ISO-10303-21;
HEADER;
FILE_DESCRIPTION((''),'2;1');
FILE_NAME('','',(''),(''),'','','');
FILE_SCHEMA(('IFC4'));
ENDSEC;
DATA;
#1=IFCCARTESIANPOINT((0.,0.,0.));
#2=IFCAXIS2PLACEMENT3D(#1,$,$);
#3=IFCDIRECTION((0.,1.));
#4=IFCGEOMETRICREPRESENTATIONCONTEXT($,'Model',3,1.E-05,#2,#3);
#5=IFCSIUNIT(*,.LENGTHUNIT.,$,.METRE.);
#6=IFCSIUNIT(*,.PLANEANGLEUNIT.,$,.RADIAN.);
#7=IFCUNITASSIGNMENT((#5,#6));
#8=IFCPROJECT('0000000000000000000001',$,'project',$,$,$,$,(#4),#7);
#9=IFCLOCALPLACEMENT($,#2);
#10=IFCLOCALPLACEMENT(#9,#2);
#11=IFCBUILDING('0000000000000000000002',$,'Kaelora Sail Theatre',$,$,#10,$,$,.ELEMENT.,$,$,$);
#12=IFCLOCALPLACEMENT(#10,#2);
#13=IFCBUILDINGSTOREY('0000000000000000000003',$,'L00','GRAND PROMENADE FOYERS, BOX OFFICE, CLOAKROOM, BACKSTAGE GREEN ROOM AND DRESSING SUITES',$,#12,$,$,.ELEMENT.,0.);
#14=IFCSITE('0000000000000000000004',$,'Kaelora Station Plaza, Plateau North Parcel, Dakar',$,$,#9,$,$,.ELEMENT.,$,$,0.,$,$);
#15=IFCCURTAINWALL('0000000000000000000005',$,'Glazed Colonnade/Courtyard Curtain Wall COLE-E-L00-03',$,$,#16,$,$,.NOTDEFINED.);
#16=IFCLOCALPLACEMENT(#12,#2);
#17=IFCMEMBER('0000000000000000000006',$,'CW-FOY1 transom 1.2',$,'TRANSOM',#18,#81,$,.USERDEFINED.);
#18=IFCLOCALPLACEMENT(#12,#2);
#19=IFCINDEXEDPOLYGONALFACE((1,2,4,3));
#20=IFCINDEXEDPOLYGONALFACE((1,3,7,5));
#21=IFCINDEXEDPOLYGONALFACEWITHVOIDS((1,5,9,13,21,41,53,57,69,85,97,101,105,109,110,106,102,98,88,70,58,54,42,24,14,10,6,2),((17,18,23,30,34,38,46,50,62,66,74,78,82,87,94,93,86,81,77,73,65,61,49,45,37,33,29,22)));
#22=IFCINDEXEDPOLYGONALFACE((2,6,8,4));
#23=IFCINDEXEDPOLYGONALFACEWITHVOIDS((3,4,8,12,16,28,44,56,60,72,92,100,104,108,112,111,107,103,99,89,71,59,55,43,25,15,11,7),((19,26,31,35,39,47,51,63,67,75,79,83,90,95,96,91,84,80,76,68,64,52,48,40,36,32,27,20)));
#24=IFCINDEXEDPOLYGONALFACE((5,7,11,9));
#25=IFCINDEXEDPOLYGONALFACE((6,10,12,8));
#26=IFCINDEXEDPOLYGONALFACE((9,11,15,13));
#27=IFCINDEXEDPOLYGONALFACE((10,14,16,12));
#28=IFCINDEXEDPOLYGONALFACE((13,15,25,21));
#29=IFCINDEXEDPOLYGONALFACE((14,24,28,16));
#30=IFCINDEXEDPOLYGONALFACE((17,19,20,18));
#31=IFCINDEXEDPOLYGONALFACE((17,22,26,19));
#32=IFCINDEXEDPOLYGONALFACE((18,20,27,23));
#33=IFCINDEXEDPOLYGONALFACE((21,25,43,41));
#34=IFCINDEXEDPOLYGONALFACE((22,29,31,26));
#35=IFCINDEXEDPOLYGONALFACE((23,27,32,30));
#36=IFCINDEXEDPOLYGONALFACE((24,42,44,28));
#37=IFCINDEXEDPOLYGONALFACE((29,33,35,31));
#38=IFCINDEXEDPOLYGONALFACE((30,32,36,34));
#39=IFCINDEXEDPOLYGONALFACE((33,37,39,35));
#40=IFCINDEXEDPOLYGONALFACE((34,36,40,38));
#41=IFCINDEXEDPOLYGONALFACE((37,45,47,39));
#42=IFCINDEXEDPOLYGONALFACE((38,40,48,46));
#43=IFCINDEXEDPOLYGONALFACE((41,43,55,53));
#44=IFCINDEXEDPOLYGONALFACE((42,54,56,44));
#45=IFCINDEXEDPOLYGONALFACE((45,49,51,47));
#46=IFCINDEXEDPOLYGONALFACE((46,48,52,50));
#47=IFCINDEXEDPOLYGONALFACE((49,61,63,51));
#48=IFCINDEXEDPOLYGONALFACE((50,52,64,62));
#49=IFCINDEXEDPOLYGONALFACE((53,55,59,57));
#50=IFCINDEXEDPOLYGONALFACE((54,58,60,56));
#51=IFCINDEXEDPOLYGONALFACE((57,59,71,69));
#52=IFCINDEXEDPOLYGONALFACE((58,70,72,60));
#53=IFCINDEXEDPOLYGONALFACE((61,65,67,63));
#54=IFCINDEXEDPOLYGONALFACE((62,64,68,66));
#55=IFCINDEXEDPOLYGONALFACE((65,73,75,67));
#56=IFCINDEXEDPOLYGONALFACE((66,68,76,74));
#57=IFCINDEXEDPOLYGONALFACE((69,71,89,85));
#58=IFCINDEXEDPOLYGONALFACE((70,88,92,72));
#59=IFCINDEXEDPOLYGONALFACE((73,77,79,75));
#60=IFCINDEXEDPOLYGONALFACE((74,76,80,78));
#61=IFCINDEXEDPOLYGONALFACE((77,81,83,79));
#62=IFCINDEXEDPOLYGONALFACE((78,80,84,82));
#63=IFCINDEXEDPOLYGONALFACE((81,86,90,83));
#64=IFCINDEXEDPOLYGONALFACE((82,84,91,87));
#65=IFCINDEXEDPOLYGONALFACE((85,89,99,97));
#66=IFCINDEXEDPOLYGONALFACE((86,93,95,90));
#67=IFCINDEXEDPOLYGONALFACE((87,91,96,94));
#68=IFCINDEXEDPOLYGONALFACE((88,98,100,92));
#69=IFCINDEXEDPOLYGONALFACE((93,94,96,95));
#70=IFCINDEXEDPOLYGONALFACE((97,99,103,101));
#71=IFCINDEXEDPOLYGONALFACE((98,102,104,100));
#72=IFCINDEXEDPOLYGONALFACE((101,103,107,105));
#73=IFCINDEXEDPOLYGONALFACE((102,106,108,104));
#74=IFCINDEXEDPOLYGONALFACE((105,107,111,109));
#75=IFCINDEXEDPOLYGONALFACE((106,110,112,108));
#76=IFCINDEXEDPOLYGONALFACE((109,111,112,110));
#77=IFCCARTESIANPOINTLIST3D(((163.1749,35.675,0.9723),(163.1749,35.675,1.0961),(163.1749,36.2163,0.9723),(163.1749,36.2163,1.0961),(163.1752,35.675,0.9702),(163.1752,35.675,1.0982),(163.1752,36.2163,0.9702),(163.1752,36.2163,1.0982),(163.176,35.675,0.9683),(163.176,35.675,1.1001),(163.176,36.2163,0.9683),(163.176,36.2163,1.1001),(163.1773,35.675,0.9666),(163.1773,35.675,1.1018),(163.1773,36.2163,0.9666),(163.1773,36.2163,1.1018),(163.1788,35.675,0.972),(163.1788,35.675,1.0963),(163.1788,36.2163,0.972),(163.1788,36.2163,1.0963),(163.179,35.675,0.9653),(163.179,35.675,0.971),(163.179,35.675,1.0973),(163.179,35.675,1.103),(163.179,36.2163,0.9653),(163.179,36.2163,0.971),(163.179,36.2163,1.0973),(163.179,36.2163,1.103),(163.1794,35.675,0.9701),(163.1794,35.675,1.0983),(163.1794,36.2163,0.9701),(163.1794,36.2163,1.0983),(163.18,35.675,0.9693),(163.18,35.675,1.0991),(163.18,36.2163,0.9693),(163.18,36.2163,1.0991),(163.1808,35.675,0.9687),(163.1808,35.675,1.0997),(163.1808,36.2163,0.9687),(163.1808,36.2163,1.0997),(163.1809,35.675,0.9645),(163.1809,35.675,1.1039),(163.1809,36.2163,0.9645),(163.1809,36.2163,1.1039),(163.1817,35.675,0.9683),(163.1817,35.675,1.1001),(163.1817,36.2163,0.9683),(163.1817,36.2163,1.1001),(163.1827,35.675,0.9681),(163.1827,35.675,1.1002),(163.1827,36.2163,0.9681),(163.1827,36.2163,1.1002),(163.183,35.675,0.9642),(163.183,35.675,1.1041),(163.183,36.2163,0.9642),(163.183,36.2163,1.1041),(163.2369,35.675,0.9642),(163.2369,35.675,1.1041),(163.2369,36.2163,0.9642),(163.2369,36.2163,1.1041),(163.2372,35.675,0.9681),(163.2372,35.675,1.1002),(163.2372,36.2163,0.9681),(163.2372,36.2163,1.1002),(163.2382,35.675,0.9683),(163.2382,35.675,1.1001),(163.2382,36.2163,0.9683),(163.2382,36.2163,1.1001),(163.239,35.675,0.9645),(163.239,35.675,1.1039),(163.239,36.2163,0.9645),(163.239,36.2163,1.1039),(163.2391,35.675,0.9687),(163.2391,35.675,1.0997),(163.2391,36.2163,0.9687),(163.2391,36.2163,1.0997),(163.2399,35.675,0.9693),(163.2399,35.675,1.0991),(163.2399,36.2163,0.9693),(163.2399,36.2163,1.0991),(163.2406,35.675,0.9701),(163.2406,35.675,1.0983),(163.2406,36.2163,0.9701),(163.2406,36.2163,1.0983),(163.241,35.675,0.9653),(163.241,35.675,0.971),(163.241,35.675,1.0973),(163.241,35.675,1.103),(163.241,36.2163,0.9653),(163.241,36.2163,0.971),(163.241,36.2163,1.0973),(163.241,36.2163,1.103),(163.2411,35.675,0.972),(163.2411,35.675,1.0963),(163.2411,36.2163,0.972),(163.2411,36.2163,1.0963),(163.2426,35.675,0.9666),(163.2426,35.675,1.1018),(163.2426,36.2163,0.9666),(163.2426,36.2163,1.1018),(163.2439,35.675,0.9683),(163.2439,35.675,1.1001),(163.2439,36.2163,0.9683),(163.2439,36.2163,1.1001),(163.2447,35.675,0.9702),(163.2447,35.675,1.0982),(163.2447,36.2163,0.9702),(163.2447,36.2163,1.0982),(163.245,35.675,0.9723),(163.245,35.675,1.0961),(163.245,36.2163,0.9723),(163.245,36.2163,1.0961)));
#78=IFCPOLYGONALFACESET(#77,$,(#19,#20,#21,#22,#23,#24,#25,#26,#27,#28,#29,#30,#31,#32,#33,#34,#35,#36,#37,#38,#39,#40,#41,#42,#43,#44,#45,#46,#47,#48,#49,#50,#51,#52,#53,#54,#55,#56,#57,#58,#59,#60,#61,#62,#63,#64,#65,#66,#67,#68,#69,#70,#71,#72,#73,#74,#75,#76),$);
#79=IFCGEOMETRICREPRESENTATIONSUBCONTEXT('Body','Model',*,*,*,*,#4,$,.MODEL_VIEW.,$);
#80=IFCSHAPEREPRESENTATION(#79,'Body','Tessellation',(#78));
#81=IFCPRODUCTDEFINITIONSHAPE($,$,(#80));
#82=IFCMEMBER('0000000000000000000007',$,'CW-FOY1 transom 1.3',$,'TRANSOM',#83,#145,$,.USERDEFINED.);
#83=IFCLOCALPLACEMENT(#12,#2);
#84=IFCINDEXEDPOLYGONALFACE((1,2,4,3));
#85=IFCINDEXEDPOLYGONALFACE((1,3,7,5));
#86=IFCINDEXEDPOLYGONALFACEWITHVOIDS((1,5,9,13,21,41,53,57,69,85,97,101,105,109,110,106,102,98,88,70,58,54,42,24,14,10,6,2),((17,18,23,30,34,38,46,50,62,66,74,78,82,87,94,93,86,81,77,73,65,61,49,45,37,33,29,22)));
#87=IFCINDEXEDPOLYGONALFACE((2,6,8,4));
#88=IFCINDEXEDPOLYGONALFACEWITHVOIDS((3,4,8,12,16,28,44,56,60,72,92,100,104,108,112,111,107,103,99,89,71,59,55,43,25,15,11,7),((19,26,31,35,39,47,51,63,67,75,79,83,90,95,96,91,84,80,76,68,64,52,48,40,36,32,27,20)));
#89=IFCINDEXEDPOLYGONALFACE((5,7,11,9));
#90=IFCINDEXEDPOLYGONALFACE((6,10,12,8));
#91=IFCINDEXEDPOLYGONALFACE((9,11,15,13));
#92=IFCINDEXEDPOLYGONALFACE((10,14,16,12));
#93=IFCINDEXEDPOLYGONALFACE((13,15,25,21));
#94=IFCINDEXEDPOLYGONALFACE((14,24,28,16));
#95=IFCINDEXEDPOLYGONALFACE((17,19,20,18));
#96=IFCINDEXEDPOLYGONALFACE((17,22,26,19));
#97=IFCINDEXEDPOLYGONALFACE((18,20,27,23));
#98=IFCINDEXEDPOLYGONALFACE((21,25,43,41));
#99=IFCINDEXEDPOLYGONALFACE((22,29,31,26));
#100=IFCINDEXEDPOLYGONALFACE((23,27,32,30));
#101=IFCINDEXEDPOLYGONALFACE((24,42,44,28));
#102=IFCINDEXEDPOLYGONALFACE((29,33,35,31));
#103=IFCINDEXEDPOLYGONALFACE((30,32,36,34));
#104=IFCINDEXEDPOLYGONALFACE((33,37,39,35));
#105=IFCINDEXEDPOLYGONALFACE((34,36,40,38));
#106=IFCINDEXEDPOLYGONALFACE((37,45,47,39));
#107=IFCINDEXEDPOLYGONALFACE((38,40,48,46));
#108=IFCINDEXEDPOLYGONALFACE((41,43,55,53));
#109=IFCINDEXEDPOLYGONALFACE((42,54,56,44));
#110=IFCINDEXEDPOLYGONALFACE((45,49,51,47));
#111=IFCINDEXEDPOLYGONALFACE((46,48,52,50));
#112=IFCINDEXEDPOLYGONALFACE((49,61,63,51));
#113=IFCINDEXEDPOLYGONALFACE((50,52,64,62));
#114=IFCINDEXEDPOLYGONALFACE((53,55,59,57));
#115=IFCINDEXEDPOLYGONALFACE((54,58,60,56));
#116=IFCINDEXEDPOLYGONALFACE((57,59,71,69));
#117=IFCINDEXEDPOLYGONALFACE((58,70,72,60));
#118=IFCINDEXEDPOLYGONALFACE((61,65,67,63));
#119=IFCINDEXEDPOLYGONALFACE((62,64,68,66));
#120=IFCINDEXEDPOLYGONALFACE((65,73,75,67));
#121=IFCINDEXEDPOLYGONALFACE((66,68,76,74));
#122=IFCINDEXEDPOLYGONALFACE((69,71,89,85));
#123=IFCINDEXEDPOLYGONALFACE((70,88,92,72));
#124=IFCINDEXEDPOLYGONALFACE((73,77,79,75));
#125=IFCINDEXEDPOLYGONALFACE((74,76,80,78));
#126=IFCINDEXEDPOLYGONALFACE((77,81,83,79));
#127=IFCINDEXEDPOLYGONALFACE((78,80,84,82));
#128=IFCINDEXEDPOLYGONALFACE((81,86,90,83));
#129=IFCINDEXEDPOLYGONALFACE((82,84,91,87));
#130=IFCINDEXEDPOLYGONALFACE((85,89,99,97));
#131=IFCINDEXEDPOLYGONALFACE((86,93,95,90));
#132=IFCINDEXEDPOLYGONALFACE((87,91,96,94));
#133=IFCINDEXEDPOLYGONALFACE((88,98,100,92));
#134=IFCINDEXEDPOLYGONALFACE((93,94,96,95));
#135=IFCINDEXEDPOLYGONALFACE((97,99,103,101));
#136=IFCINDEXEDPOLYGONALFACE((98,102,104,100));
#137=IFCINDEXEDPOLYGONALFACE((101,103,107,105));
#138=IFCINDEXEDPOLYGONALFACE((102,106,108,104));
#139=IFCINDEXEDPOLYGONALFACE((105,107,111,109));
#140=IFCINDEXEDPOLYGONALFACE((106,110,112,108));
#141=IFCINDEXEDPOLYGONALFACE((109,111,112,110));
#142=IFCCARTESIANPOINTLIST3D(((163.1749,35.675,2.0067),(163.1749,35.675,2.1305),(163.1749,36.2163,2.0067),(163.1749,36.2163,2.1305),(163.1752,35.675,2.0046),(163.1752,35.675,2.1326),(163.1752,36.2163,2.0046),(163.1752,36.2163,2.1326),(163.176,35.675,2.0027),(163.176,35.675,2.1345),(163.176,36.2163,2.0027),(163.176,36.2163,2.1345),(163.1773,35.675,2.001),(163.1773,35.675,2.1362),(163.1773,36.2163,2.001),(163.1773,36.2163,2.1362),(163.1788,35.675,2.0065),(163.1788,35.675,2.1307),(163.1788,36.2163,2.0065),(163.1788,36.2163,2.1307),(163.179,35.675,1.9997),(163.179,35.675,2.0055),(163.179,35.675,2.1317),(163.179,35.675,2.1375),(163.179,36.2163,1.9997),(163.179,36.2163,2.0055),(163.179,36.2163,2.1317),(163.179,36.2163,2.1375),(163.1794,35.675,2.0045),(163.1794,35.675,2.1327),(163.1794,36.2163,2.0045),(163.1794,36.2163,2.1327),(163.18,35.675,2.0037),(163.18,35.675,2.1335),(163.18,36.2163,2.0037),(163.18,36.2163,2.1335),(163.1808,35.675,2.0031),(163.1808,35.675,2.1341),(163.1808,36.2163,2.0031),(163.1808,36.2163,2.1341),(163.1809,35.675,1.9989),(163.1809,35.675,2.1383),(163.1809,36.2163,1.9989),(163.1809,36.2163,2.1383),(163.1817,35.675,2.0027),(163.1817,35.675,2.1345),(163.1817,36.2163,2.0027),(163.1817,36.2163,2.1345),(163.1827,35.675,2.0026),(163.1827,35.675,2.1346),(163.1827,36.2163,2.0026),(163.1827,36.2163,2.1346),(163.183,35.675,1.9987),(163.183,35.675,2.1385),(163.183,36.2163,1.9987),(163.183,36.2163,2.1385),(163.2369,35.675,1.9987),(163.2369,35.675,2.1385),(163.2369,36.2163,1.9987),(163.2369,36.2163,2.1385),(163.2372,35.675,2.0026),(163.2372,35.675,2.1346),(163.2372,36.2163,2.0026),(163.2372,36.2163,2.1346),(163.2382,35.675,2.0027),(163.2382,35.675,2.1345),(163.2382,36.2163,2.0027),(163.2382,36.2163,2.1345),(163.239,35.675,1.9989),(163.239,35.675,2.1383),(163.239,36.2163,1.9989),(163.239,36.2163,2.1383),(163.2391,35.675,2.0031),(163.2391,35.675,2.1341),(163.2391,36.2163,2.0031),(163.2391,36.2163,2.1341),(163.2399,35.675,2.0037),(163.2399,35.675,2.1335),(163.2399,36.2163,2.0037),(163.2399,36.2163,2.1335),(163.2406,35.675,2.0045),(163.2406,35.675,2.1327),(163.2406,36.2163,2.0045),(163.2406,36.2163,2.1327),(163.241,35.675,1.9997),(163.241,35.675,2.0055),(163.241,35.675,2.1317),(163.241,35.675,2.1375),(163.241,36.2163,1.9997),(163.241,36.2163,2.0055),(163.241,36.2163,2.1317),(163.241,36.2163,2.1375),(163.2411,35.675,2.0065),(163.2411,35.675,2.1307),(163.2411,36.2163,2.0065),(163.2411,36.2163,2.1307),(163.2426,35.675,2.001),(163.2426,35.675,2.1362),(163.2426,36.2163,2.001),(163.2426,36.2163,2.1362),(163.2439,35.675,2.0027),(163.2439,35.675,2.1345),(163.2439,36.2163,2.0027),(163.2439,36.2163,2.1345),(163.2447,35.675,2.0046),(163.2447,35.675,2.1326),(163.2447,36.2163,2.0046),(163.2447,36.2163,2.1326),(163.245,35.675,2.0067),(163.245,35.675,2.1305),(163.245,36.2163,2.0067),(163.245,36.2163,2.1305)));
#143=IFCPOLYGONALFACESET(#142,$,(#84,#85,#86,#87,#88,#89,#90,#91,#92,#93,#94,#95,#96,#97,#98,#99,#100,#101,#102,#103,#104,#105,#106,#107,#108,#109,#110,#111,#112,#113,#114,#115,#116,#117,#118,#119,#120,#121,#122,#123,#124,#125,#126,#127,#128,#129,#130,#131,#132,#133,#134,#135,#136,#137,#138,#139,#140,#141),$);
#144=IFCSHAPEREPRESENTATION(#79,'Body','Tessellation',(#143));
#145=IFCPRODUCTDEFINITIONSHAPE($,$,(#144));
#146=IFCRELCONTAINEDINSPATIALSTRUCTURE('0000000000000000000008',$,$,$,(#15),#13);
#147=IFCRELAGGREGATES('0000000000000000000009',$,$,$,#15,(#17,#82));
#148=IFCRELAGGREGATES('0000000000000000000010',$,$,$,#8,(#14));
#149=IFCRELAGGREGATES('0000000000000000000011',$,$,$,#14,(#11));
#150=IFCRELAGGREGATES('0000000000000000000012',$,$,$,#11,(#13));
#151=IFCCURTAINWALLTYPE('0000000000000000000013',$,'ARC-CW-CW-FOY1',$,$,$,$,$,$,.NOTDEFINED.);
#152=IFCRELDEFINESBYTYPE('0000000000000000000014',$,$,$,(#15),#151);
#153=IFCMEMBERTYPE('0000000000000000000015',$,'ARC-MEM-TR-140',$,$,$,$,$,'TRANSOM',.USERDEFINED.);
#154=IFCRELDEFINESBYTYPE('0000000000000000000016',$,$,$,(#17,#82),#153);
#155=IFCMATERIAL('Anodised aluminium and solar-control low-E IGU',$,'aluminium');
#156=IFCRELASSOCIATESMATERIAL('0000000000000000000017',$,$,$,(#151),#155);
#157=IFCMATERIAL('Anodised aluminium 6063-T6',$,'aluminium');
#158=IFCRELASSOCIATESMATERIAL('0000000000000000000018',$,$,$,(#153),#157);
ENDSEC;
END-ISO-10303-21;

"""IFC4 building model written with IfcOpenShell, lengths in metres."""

from ifc_helpers import new_model, si_unit, direction, frame, origin, origin_2d, place, context, subcontext, project, spatial, hollow_rectangle, extrude, material, material_profile, profile_set, type_object, element, aggregate, save


model = new_model("IFC4")

# Units and contexts
model_context = context("Model", 3, precision=1e-05, world=origin(), true_north=direction((0.0, 1.0)))
body_context = subcontext(model_context, "Body", "Model", "MODEL_VIEW")
ifc_project = project(units=[si_unit("LENGTHUNIT", "METRE"), si_unit("PLANEANGLEUNIT", "RADIAN")], contexts=[model_context])

# Site, building, storey
site_placement = place(None, origin())
site = spatial("IfcSite", under=ifc_project, at=site_placement, Name="Kaelora Station Plaza, Plateau North Parcel, Dakar", CompositionType="ELEMENT", RefElevation=0.0)
building_placement = place(site_placement, origin())
building = spatial("IfcBuilding", under=site, at=building_placement, Name="Kaelora Sail Theatre", CompositionType="ELEMENT")
storey_placement = place(building_placement, origin())
storey = spatial("IfcBuildingStorey", under=building, at=storey_placement, Name="L00", Description="GRAND PROMENADE FOYERS, BOX OFFICE, CLOAKROOM, BACKSTAGE GREEN ROOM AND DRESSING SUITES", CompositionType="ELEMENT", Elevation=0.0)

# Shared definitions
ifc_material_1 = material(Name="Anodised aluminium and solar-control low-E IGU", Category="aluminium")
curtain_wall_type = type_object("IfcCurtainWallType", Name="ARC-CW-CW-FOY1", PredefinedType="NOTDEFINED", material=ifc_material_1)

# Curtain wall, members
curtain_wall_1_placement = place(storey_placement, origin())
curtain_wall_1 = element("IfcCurtainWall", 1, at=curtain_wall_1_placement, inside=storey, type_object=curtain_wall_type, Name="Glazed Colonnade/Courtyard Curtain Wall COLE-E-L00-03", PredefinedType="NOTDEFINED")
ifc_material_2 = material(Name="Anodised aluminium 6063-T6", Category="aluminium")
ifc_material_profile_1 = material_profile(ifc_material_2, hollow_rectangle(XDim=0.0701, YDim=0.1399, WallThickness=0.0039, InnerFilletRadius=0.0039, OuterFilletRadius=0.0081, at=origin_2d()), Name="ALU-TRAN 70x140x4")
ifc_profile_set_1 = profile_set([ifc_material_profile_1], Name="Anodised aluminium 6063-T6")
member_type_1 = type_object("IfcMemberType", Name="ARC-MEM-TR-140", ElementType="TRANSOM", PredefinedType="USERDEFINED", material=ifc_profile_set_1)
member_1_placement = place(storey_placement, frame((163.21, 35.675, 1.0342), z_axis=(0.0, 1.0, 0.0), x_axis=(-1.0, 0.0, 0.0)))
member_1 = element("IfcMember", 2, at=member_1_placement, type_object=member_type_1, Name="CW-FOY1 transom 1.2", ObjectType="TRANSOM", PredefinedType="USERDEFINED", context=body_context, shape_type="SweptSolid", body=[
    extrude(hollow_rectangle(XDim=0.0701, YDim=0.1399, WallThickness=0.0039, InnerFilletRadius=0.0039, OuterFilletRadius=0.0081, at=origin_2d()), origin(), (0.0, 0.0, 1.0), 0.5413),
])
member_2_placement = place(storey_placement, frame((163.21, 35.675, 2.0686), z_axis=(0.0, 1.0, 0.0), x_axis=(-1.0, 0.0, 0.0)))
member_2 = element("IfcMember", 3, at=member_2_placement, type_object=member_type_1, Name="CW-FOY1 transom 1.3", ObjectType="TRANSOM", PredefinedType="USERDEFINED", context=body_context, shape_type="SweptSolid", body=[
    extrude(hollow_rectangle(XDim=0.0701, YDim=0.1399, WallThickness=0.0039, InnerFilletRadius=0.0039, OuterFilletRadius=0.0081, at=origin_2d()), origin(), (0.0, 0.0, 1.0), 0.5413),
])
aggregate(curtain_wall_1, [member_1, member_2])

save(model, "model.ifc")
